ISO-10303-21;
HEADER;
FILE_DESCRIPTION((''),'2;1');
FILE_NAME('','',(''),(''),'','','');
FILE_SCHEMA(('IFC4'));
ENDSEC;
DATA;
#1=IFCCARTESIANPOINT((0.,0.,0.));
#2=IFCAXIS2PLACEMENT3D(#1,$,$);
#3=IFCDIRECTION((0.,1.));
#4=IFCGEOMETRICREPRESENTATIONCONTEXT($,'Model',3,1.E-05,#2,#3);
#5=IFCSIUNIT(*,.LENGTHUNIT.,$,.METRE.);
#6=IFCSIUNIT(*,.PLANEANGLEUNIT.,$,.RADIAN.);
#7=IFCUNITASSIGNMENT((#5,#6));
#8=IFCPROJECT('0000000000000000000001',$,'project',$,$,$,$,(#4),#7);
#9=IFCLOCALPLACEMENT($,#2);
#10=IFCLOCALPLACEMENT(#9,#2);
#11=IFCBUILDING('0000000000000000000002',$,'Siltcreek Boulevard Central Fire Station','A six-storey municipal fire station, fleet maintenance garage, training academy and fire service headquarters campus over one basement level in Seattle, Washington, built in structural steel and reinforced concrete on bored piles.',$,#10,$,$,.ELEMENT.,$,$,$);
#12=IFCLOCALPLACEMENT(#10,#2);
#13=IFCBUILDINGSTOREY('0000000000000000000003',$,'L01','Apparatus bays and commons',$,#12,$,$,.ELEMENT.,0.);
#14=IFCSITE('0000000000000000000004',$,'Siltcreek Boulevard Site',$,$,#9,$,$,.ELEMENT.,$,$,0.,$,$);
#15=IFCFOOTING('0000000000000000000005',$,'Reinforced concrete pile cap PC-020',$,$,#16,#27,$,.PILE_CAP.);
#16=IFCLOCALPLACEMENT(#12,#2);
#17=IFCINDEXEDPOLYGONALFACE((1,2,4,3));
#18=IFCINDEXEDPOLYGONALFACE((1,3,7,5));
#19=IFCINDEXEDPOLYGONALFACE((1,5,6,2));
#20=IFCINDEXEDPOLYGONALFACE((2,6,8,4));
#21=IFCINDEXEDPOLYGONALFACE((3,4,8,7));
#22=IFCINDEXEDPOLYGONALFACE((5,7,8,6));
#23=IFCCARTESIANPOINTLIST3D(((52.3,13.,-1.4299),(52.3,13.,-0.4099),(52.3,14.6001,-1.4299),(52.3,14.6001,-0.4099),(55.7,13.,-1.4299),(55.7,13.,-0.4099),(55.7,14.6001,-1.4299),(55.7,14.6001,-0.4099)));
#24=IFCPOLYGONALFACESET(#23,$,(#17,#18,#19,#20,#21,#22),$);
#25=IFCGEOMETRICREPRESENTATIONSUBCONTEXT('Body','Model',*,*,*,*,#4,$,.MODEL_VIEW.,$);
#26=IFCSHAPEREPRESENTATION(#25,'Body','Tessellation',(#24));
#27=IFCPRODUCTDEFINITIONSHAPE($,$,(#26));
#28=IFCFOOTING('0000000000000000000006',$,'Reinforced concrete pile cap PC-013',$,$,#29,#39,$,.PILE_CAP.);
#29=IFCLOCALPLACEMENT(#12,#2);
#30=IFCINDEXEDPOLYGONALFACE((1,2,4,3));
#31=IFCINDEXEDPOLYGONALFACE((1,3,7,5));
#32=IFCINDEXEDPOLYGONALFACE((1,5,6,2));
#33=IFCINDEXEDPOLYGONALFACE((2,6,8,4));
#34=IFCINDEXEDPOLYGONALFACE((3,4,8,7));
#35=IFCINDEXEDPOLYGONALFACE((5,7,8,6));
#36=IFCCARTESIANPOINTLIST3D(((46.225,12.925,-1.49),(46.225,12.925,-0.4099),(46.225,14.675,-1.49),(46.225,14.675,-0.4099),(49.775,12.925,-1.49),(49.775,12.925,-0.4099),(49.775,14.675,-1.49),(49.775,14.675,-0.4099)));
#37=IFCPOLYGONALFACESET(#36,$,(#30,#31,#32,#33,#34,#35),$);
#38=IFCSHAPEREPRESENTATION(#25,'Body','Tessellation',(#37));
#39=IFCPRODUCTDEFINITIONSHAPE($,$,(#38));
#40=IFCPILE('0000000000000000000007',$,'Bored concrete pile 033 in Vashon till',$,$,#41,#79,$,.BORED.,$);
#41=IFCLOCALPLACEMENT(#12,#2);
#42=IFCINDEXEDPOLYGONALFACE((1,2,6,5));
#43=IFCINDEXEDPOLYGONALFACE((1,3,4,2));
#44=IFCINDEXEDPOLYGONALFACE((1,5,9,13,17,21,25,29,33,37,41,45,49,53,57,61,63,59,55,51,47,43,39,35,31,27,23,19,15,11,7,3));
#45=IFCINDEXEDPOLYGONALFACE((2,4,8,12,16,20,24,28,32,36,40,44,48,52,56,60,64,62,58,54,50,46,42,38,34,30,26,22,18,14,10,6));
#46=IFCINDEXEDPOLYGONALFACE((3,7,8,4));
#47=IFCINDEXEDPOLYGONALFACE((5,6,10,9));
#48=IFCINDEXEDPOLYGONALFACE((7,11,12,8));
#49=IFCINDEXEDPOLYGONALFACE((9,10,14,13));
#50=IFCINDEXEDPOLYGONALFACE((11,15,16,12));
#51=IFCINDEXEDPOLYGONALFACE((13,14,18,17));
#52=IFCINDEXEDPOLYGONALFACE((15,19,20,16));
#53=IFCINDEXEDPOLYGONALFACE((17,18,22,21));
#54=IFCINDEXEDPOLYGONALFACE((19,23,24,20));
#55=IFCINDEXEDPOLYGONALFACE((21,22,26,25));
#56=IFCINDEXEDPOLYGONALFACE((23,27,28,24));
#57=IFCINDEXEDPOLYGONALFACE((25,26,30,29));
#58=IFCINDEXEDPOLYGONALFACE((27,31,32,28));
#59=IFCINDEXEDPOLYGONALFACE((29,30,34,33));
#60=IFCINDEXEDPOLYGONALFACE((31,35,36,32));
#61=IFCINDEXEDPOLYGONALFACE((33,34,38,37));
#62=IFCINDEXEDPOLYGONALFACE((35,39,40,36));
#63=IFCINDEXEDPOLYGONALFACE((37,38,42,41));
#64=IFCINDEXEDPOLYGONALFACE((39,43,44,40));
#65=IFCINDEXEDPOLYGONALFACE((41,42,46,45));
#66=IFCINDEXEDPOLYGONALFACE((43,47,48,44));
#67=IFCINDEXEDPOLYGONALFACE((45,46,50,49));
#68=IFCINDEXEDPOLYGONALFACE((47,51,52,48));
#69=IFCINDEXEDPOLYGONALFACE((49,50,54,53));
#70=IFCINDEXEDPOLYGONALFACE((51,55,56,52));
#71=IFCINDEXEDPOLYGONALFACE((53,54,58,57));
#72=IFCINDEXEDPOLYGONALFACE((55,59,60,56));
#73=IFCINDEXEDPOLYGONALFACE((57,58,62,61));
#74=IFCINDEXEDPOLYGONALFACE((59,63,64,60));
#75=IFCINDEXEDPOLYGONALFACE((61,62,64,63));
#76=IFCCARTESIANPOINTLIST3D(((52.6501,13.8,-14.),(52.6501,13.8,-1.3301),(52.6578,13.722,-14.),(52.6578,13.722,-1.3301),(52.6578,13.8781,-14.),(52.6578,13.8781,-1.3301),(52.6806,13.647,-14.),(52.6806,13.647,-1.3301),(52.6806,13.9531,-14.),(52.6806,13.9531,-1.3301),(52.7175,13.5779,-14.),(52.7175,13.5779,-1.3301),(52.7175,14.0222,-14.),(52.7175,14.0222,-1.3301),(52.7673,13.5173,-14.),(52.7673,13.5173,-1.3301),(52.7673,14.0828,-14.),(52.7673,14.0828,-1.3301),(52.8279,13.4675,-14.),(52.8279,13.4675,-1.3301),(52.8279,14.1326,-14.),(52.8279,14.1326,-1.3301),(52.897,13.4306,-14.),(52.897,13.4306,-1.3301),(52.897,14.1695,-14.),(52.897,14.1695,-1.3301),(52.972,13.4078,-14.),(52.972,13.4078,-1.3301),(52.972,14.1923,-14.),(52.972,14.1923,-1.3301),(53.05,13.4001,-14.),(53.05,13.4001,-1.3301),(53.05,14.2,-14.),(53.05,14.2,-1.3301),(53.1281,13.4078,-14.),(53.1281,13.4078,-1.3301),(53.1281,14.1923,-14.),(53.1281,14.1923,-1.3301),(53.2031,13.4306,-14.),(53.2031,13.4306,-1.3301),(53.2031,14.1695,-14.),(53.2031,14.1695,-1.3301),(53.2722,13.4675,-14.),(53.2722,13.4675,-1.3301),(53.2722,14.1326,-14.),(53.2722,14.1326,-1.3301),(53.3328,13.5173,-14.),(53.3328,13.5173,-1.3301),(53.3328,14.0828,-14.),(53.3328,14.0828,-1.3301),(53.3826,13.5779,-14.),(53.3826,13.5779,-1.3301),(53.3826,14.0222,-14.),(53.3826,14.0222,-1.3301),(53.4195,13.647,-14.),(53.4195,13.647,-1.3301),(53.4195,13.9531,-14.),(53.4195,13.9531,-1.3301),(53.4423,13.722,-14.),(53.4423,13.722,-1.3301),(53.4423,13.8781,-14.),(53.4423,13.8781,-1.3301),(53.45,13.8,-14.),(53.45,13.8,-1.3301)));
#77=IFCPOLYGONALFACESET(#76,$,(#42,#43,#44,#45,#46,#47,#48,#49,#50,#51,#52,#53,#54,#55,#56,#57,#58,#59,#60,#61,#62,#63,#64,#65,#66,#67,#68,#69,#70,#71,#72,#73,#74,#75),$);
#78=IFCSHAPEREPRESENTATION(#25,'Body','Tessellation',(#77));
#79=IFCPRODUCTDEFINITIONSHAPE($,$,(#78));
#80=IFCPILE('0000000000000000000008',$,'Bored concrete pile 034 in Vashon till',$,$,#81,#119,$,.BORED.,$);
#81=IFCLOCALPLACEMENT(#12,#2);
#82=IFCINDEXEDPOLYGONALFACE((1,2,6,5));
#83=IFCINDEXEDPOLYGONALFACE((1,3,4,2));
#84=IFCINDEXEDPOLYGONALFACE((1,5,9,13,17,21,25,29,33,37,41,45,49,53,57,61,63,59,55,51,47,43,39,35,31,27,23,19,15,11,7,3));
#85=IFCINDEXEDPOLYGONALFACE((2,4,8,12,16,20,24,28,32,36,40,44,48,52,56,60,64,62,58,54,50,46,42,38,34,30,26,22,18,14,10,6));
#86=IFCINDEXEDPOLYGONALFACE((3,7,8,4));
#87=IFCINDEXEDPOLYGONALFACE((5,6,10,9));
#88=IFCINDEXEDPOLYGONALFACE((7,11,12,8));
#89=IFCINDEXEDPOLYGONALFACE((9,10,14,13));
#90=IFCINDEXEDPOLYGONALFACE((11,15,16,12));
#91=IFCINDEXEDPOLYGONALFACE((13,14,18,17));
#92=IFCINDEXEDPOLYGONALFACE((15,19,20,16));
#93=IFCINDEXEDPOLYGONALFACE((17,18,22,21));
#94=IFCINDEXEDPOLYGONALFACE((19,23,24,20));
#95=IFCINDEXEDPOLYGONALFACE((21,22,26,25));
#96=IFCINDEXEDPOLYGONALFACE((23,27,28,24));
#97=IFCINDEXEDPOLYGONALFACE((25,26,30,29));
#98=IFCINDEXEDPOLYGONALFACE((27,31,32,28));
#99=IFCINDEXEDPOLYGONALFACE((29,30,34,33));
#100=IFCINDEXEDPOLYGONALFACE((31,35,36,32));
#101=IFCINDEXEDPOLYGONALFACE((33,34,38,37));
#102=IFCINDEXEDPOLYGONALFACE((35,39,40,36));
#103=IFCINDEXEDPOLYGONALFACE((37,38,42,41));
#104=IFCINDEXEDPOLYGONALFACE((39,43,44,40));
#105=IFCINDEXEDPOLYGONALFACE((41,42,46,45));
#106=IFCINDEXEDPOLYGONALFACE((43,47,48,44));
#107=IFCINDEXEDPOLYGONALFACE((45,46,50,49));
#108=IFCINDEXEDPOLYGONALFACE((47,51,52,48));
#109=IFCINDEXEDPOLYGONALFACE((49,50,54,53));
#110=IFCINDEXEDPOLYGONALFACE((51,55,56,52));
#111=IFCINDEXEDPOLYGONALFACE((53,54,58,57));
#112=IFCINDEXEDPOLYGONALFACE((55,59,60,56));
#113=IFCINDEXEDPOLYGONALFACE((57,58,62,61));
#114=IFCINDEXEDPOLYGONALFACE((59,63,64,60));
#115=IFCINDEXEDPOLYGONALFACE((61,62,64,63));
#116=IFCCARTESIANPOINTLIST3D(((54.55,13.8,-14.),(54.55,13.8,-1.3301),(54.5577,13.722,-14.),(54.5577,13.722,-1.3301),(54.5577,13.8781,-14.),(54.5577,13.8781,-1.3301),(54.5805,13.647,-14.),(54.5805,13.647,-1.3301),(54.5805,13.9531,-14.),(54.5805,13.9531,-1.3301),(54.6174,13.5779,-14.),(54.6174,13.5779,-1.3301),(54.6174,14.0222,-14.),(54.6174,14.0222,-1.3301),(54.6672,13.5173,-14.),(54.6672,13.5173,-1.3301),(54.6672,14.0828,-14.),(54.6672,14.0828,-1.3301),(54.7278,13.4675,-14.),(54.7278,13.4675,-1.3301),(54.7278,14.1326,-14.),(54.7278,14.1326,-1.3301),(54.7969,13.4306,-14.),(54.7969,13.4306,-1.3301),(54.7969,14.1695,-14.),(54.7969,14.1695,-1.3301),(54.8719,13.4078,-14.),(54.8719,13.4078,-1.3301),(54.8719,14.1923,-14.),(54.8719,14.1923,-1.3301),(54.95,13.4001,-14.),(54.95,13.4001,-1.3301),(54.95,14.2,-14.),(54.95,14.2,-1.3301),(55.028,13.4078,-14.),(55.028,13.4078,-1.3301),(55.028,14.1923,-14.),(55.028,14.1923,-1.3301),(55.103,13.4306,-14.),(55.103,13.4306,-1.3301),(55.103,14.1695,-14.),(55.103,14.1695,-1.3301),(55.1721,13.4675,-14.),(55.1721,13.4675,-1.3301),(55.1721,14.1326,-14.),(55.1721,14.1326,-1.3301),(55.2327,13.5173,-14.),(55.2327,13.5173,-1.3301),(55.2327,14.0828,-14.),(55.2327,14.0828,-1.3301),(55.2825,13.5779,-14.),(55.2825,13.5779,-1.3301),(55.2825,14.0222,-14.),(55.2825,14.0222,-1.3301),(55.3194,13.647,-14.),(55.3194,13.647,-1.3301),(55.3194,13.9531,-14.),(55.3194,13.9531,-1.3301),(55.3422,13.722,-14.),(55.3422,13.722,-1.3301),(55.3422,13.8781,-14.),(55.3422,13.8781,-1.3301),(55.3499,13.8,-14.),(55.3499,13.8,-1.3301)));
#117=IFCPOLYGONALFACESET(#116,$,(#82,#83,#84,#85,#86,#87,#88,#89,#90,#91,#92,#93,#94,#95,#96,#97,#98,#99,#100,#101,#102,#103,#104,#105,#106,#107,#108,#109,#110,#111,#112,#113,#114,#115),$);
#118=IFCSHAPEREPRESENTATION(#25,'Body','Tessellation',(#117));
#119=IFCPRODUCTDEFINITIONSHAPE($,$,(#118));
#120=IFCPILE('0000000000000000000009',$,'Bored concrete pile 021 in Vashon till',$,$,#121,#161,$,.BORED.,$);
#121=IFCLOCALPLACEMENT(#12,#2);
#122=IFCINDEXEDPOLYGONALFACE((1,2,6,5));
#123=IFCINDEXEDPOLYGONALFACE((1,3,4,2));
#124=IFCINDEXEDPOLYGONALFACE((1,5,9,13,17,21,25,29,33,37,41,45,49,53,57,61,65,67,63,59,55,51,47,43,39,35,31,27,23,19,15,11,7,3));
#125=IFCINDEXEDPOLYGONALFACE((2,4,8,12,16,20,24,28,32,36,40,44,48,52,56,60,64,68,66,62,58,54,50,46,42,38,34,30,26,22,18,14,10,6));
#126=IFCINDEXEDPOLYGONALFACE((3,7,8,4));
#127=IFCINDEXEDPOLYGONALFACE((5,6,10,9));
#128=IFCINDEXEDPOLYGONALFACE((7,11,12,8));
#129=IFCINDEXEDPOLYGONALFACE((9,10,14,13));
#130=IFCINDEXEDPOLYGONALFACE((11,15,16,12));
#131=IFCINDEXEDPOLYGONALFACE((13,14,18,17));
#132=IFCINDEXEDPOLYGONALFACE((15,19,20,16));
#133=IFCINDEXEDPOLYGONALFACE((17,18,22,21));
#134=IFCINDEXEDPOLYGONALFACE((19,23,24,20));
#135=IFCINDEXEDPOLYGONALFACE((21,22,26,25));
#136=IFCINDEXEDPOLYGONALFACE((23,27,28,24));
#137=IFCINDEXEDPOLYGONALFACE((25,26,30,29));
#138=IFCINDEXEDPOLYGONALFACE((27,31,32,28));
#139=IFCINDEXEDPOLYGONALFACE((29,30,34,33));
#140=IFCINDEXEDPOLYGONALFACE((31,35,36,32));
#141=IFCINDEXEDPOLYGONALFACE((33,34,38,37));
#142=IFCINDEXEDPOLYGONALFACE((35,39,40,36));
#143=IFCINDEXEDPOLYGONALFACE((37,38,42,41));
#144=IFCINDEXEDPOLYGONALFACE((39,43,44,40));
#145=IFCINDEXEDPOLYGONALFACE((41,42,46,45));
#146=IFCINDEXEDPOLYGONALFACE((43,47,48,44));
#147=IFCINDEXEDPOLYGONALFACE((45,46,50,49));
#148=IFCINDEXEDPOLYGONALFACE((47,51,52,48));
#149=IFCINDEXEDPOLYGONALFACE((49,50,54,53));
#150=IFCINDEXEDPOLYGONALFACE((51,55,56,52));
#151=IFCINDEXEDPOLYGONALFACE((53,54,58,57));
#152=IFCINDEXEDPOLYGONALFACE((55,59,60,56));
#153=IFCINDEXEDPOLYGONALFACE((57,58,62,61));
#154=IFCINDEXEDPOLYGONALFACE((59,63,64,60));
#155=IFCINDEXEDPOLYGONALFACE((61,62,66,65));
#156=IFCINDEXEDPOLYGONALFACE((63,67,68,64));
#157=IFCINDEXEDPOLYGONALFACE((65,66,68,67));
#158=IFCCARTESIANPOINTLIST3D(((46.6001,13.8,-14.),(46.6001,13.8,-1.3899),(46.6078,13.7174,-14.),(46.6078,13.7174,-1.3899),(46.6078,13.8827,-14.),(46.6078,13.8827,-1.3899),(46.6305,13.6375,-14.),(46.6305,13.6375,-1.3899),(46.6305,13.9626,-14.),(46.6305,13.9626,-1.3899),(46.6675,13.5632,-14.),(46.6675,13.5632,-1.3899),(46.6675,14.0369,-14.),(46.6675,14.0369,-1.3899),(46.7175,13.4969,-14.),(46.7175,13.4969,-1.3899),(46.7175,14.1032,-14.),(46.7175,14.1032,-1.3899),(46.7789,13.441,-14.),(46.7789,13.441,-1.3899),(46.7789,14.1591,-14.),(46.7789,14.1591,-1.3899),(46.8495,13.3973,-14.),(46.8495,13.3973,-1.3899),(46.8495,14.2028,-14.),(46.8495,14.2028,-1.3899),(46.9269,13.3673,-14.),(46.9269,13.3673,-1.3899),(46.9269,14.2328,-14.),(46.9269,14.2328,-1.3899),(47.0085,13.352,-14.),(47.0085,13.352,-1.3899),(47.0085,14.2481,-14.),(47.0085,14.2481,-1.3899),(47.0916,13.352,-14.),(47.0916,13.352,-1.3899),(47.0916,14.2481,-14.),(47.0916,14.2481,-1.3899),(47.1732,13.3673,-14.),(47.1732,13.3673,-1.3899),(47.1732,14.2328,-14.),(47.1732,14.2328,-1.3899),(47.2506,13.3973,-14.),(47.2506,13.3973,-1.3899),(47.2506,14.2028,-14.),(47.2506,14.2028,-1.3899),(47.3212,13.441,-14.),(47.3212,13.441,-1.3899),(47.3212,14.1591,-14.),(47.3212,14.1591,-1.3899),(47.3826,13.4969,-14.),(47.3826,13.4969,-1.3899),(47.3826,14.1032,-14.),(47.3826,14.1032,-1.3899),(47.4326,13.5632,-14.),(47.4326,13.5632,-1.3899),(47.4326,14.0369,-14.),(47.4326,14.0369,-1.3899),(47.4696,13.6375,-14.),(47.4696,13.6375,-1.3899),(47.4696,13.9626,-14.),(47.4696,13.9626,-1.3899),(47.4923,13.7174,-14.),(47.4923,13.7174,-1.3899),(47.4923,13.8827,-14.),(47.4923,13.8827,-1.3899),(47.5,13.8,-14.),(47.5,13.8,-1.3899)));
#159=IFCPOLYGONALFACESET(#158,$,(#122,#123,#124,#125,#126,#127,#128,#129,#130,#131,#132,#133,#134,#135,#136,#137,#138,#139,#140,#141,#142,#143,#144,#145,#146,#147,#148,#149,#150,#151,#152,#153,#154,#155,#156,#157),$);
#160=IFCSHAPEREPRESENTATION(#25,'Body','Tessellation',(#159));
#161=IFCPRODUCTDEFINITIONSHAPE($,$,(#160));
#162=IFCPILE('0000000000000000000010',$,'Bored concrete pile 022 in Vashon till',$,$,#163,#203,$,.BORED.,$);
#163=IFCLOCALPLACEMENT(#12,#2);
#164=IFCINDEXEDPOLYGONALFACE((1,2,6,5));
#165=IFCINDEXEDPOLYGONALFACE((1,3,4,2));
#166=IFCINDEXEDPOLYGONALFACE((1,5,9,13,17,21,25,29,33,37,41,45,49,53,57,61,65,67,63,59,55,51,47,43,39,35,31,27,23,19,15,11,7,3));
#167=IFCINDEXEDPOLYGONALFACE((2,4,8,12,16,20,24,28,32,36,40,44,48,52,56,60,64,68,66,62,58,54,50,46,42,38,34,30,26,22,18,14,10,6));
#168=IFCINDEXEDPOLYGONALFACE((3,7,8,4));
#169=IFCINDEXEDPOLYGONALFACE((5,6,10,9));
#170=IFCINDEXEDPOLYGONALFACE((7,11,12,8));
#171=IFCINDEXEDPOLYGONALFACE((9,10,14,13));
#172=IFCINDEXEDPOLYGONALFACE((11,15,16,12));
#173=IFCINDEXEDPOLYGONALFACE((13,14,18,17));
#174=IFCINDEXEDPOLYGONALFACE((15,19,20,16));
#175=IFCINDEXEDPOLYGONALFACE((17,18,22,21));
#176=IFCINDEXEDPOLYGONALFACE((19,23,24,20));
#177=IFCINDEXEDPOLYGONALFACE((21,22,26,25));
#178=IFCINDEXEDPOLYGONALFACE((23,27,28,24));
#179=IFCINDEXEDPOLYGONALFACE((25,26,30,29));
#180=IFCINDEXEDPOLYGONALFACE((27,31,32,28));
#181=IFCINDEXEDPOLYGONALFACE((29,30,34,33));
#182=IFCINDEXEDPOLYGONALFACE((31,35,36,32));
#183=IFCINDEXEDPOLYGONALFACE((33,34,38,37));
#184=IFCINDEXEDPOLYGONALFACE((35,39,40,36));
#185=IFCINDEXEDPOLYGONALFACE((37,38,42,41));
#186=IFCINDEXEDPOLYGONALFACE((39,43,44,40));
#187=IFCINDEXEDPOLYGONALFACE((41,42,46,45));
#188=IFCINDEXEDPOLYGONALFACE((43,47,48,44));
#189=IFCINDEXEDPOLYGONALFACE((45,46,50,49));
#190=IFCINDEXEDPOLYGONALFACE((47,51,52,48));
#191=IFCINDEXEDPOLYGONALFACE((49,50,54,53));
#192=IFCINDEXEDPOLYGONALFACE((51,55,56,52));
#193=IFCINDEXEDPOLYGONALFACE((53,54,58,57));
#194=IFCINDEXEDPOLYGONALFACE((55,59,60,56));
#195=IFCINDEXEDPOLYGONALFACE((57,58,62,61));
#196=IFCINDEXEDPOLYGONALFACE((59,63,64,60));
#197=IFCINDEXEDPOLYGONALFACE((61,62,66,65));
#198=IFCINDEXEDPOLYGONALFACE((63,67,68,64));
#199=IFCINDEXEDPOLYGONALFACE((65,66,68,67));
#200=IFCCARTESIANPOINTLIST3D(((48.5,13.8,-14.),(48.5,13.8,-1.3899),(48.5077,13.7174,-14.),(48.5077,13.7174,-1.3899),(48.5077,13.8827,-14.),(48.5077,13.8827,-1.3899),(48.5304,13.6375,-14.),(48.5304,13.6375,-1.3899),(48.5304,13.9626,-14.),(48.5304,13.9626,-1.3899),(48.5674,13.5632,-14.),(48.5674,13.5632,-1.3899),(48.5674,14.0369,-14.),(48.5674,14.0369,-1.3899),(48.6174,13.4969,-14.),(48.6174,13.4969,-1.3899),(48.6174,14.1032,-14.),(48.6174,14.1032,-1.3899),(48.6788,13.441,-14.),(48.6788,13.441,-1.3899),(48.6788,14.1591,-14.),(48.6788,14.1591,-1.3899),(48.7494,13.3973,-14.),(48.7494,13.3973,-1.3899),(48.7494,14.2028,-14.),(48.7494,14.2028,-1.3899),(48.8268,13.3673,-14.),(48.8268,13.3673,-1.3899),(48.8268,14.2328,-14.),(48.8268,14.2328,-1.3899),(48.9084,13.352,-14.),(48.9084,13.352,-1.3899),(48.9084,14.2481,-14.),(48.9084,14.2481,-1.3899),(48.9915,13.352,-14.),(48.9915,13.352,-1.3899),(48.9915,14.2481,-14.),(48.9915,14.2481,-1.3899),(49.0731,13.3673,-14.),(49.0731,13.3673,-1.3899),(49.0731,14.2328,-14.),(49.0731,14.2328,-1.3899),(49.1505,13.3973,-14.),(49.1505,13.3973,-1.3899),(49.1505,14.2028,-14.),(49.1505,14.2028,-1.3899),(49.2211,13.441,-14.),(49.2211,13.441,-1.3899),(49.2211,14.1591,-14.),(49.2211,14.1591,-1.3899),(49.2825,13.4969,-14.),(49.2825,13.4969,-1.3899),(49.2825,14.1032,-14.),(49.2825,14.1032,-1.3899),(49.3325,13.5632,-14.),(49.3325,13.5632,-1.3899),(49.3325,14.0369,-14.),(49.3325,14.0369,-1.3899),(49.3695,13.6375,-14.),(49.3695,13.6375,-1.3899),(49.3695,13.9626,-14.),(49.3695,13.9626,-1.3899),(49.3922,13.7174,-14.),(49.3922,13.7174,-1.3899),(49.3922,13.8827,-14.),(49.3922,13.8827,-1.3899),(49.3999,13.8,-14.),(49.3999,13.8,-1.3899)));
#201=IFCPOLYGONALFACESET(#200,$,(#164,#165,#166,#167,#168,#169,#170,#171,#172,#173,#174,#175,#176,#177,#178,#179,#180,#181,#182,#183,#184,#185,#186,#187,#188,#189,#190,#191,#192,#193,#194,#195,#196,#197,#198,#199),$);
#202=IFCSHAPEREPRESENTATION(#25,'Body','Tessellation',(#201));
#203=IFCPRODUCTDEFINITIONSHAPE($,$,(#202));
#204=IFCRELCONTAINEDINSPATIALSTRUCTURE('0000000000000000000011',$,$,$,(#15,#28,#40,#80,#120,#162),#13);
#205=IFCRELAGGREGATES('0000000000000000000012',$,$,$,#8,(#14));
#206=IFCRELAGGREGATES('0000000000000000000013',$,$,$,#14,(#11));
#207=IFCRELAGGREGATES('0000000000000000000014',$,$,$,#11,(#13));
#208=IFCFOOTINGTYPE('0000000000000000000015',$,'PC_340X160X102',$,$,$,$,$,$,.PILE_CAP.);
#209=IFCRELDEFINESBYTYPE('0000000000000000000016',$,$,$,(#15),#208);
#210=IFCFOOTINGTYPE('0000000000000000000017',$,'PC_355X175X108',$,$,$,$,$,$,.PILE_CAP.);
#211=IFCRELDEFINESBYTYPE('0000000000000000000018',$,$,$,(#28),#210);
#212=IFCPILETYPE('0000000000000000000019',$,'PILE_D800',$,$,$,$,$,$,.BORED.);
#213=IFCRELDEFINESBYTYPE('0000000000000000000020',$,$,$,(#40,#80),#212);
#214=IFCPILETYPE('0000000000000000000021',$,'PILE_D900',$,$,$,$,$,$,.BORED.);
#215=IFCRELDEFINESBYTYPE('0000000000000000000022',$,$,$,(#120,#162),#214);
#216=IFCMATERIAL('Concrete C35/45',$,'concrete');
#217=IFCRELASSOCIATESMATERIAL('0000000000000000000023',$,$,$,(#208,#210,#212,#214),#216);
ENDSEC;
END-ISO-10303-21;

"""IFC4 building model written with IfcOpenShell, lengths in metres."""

from ifc_helpers import new_model, si_unit, direction, frame, origin, origin_2d, place, context, subcontext, project, spatial, rectangle, circle, extrude, material, material_profile, profile_set, type_object, element, save


model = new_model("IFC4")

# Units and contexts
model_context = context("Model", 3, precision=1e-05, world=origin(), true_north=direction((0.0, 1.0)))
body_context = subcontext(model_context, "Body", "Model", "MODEL_VIEW")
ifc_project = project(units=[si_unit("LENGTHUNIT", "METRE"), si_unit("PLANEANGLEUNIT", "RADIAN")], contexts=[model_context])

# Site, building, storey
site_placement = place(None, origin())
site = spatial("IfcSite", under=ifc_project, at=site_placement, Name="Siltcreek Boulevard Site", CompositionType="ELEMENT", RefElevation=0.0)
building_placement = place(site_placement, origin())
building = spatial("IfcBuilding", under=site, at=building_placement, Name="Siltcreek Boulevard Central Fire Station", Description="A six-storey municipal fire station, fleet maintenance garage, training academy and fire service headquarters campus over one basement level in Seattle, Washington, built in structural steel and reinforced concrete on bored piles.", CompositionType="ELEMENT")
storey_placement = place(building_placement, origin())
storey = spatial("IfcBuildingStorey", under=building, at=storey_placement, Name="L01", Description="Apparatus bays and commons", CompositionType="ELEMENT", Elevation=0.0)

# Footings
ifc_material_1 = material(Name="Concrete C35/45", Category="concrete")
footing_type_1 = type_object("IfcFootingType", Name="PC_340X160X102", PredefinedType="PILE_CAP", material=ifc_material_1)
footing_1_placement = place(storey_placement, frame((54.0, 13.8, -1.4299), z_axis=(0.0, 0.0, 1.0), x_axis=(1.0, 0.0, 0.0)))
element("IfcFooting", 1, at=footing_1_placement, inside=storey, type_object=footing_type_1, Name="Reinforced concrete pile cap PC-020", PredefinedType="PILE_CAP", context=body_context, shape_type="SweptSolid", body=[
    extrude(rectangle(XDim=3.3999, YDim=1.6001, at=origin_2d()), origin(), (0.0, 0.0, 1.0), 1.02),
])
footing_type_2 = type_object("IfcFootingType", Name="PC_355X175X108", PredefinedType="PILE_CAP", material=ifc_material_1)
footing_2_placement = place(storey_placement, frame((48.0, 13.8, -1.49), z_axis=(0.0, 0.0, 1.0), x_axis=(1.0, 0.0, 0.0)))
element("IfcFooting", 2, at=footing_2_placement, inside=storey, type_object=footing_type_2, Name="Reinforced concrete pile cap PC-013", PredefinedType="PILE_CAP", context=body_context, shape_type="SweptSolid", body=[
    extrude(rectangle(XDim=3.55, YDim=1.75, at=origin_2d()), origin(), (0.0, 0.0, 1.0), 1.0801),
])

# Piles
ifc_material_profile_1 = material_profile(ifc_material_1, circle(Radius=0.3999, at=origin_2d()), Name="SHAFT800")
ifc_profile_set_1 = profile_set([ifc_material_profile_1], Name="Concrete C35/45")
pile_type_1 = type_object("IfcPileType", Name="PILE_D800", PredefinedType="BORED", material=ifc_profile_set_1)
for number, where, z_axis, x_axis, name in (
    (3, (53.05, 13.8, -1.3301), (0.0, 0.0, -1.0), (1.0, 0.0, 0.0), "Bored concrete pile 033 in Vashon till"),
    (4, (54.95, 13.8, -1.3301), (0.0, 0.0, -1.0), (1.0, 0.0, 0.0), "Bored concrete pile 034 in Vashon till"),
):
    element("IfcPile", number, at=place(storey_placement, frame(where, z_axis=z_axis, x_axis=x_axis)), inside=storey, type_object=pile_type_1, Name=name, PredefinedType="BORED", context=body_context, shape_type="SweptSolid", body=[
        extrude(circle(Radius=0.3999, at=origin_2d()), origin(), (0.0, 0.0, 1.0), 12.6699),
    ])
ifc_material_profile_2 = material_profile(ifc_material_1, circle(Radius=0.45, at=origin_2d()), Name="SHAFT900")
ifc_profile_set_2 = profile_set([ifc_material_profile_2], Name="Concrete C35/45")
pile_type_2 = type_object("IfcPileType", Name="PILE_D900", PredefinedType="BORED", material=ifc_profile_set_2)
for number, where, z_axis, x_axis, name in (
    (5, (47.05, 13.8, -1.3899), (0.0, 0.0, -1.0), (1.0, 0.0, 0.0), "Bored concrete pile 021 in Vashon till"),
    (6, (48.95, 13.8, -1.3899), (0.0, 0.0, -1.0), (1.0, 0.0, 0.0), "Bored concrete pile 022 in Vashon till"),
):
    element("IfcPile", number, at=place(storey_placement, frame(where, z_axis=z_axis, x_axis=x_axis)), inside=storey, type_object=pile_type_2, Name=name, PredefinedType="BORED", context=body_context, shape_type="SweptSolid", body=[
        extrude(circle(Radius=0.45, at=origin_2d()), origin(), (0.0, 0.0, 1.0), 12.6101),
    ])

save(model, "model.ifc")
